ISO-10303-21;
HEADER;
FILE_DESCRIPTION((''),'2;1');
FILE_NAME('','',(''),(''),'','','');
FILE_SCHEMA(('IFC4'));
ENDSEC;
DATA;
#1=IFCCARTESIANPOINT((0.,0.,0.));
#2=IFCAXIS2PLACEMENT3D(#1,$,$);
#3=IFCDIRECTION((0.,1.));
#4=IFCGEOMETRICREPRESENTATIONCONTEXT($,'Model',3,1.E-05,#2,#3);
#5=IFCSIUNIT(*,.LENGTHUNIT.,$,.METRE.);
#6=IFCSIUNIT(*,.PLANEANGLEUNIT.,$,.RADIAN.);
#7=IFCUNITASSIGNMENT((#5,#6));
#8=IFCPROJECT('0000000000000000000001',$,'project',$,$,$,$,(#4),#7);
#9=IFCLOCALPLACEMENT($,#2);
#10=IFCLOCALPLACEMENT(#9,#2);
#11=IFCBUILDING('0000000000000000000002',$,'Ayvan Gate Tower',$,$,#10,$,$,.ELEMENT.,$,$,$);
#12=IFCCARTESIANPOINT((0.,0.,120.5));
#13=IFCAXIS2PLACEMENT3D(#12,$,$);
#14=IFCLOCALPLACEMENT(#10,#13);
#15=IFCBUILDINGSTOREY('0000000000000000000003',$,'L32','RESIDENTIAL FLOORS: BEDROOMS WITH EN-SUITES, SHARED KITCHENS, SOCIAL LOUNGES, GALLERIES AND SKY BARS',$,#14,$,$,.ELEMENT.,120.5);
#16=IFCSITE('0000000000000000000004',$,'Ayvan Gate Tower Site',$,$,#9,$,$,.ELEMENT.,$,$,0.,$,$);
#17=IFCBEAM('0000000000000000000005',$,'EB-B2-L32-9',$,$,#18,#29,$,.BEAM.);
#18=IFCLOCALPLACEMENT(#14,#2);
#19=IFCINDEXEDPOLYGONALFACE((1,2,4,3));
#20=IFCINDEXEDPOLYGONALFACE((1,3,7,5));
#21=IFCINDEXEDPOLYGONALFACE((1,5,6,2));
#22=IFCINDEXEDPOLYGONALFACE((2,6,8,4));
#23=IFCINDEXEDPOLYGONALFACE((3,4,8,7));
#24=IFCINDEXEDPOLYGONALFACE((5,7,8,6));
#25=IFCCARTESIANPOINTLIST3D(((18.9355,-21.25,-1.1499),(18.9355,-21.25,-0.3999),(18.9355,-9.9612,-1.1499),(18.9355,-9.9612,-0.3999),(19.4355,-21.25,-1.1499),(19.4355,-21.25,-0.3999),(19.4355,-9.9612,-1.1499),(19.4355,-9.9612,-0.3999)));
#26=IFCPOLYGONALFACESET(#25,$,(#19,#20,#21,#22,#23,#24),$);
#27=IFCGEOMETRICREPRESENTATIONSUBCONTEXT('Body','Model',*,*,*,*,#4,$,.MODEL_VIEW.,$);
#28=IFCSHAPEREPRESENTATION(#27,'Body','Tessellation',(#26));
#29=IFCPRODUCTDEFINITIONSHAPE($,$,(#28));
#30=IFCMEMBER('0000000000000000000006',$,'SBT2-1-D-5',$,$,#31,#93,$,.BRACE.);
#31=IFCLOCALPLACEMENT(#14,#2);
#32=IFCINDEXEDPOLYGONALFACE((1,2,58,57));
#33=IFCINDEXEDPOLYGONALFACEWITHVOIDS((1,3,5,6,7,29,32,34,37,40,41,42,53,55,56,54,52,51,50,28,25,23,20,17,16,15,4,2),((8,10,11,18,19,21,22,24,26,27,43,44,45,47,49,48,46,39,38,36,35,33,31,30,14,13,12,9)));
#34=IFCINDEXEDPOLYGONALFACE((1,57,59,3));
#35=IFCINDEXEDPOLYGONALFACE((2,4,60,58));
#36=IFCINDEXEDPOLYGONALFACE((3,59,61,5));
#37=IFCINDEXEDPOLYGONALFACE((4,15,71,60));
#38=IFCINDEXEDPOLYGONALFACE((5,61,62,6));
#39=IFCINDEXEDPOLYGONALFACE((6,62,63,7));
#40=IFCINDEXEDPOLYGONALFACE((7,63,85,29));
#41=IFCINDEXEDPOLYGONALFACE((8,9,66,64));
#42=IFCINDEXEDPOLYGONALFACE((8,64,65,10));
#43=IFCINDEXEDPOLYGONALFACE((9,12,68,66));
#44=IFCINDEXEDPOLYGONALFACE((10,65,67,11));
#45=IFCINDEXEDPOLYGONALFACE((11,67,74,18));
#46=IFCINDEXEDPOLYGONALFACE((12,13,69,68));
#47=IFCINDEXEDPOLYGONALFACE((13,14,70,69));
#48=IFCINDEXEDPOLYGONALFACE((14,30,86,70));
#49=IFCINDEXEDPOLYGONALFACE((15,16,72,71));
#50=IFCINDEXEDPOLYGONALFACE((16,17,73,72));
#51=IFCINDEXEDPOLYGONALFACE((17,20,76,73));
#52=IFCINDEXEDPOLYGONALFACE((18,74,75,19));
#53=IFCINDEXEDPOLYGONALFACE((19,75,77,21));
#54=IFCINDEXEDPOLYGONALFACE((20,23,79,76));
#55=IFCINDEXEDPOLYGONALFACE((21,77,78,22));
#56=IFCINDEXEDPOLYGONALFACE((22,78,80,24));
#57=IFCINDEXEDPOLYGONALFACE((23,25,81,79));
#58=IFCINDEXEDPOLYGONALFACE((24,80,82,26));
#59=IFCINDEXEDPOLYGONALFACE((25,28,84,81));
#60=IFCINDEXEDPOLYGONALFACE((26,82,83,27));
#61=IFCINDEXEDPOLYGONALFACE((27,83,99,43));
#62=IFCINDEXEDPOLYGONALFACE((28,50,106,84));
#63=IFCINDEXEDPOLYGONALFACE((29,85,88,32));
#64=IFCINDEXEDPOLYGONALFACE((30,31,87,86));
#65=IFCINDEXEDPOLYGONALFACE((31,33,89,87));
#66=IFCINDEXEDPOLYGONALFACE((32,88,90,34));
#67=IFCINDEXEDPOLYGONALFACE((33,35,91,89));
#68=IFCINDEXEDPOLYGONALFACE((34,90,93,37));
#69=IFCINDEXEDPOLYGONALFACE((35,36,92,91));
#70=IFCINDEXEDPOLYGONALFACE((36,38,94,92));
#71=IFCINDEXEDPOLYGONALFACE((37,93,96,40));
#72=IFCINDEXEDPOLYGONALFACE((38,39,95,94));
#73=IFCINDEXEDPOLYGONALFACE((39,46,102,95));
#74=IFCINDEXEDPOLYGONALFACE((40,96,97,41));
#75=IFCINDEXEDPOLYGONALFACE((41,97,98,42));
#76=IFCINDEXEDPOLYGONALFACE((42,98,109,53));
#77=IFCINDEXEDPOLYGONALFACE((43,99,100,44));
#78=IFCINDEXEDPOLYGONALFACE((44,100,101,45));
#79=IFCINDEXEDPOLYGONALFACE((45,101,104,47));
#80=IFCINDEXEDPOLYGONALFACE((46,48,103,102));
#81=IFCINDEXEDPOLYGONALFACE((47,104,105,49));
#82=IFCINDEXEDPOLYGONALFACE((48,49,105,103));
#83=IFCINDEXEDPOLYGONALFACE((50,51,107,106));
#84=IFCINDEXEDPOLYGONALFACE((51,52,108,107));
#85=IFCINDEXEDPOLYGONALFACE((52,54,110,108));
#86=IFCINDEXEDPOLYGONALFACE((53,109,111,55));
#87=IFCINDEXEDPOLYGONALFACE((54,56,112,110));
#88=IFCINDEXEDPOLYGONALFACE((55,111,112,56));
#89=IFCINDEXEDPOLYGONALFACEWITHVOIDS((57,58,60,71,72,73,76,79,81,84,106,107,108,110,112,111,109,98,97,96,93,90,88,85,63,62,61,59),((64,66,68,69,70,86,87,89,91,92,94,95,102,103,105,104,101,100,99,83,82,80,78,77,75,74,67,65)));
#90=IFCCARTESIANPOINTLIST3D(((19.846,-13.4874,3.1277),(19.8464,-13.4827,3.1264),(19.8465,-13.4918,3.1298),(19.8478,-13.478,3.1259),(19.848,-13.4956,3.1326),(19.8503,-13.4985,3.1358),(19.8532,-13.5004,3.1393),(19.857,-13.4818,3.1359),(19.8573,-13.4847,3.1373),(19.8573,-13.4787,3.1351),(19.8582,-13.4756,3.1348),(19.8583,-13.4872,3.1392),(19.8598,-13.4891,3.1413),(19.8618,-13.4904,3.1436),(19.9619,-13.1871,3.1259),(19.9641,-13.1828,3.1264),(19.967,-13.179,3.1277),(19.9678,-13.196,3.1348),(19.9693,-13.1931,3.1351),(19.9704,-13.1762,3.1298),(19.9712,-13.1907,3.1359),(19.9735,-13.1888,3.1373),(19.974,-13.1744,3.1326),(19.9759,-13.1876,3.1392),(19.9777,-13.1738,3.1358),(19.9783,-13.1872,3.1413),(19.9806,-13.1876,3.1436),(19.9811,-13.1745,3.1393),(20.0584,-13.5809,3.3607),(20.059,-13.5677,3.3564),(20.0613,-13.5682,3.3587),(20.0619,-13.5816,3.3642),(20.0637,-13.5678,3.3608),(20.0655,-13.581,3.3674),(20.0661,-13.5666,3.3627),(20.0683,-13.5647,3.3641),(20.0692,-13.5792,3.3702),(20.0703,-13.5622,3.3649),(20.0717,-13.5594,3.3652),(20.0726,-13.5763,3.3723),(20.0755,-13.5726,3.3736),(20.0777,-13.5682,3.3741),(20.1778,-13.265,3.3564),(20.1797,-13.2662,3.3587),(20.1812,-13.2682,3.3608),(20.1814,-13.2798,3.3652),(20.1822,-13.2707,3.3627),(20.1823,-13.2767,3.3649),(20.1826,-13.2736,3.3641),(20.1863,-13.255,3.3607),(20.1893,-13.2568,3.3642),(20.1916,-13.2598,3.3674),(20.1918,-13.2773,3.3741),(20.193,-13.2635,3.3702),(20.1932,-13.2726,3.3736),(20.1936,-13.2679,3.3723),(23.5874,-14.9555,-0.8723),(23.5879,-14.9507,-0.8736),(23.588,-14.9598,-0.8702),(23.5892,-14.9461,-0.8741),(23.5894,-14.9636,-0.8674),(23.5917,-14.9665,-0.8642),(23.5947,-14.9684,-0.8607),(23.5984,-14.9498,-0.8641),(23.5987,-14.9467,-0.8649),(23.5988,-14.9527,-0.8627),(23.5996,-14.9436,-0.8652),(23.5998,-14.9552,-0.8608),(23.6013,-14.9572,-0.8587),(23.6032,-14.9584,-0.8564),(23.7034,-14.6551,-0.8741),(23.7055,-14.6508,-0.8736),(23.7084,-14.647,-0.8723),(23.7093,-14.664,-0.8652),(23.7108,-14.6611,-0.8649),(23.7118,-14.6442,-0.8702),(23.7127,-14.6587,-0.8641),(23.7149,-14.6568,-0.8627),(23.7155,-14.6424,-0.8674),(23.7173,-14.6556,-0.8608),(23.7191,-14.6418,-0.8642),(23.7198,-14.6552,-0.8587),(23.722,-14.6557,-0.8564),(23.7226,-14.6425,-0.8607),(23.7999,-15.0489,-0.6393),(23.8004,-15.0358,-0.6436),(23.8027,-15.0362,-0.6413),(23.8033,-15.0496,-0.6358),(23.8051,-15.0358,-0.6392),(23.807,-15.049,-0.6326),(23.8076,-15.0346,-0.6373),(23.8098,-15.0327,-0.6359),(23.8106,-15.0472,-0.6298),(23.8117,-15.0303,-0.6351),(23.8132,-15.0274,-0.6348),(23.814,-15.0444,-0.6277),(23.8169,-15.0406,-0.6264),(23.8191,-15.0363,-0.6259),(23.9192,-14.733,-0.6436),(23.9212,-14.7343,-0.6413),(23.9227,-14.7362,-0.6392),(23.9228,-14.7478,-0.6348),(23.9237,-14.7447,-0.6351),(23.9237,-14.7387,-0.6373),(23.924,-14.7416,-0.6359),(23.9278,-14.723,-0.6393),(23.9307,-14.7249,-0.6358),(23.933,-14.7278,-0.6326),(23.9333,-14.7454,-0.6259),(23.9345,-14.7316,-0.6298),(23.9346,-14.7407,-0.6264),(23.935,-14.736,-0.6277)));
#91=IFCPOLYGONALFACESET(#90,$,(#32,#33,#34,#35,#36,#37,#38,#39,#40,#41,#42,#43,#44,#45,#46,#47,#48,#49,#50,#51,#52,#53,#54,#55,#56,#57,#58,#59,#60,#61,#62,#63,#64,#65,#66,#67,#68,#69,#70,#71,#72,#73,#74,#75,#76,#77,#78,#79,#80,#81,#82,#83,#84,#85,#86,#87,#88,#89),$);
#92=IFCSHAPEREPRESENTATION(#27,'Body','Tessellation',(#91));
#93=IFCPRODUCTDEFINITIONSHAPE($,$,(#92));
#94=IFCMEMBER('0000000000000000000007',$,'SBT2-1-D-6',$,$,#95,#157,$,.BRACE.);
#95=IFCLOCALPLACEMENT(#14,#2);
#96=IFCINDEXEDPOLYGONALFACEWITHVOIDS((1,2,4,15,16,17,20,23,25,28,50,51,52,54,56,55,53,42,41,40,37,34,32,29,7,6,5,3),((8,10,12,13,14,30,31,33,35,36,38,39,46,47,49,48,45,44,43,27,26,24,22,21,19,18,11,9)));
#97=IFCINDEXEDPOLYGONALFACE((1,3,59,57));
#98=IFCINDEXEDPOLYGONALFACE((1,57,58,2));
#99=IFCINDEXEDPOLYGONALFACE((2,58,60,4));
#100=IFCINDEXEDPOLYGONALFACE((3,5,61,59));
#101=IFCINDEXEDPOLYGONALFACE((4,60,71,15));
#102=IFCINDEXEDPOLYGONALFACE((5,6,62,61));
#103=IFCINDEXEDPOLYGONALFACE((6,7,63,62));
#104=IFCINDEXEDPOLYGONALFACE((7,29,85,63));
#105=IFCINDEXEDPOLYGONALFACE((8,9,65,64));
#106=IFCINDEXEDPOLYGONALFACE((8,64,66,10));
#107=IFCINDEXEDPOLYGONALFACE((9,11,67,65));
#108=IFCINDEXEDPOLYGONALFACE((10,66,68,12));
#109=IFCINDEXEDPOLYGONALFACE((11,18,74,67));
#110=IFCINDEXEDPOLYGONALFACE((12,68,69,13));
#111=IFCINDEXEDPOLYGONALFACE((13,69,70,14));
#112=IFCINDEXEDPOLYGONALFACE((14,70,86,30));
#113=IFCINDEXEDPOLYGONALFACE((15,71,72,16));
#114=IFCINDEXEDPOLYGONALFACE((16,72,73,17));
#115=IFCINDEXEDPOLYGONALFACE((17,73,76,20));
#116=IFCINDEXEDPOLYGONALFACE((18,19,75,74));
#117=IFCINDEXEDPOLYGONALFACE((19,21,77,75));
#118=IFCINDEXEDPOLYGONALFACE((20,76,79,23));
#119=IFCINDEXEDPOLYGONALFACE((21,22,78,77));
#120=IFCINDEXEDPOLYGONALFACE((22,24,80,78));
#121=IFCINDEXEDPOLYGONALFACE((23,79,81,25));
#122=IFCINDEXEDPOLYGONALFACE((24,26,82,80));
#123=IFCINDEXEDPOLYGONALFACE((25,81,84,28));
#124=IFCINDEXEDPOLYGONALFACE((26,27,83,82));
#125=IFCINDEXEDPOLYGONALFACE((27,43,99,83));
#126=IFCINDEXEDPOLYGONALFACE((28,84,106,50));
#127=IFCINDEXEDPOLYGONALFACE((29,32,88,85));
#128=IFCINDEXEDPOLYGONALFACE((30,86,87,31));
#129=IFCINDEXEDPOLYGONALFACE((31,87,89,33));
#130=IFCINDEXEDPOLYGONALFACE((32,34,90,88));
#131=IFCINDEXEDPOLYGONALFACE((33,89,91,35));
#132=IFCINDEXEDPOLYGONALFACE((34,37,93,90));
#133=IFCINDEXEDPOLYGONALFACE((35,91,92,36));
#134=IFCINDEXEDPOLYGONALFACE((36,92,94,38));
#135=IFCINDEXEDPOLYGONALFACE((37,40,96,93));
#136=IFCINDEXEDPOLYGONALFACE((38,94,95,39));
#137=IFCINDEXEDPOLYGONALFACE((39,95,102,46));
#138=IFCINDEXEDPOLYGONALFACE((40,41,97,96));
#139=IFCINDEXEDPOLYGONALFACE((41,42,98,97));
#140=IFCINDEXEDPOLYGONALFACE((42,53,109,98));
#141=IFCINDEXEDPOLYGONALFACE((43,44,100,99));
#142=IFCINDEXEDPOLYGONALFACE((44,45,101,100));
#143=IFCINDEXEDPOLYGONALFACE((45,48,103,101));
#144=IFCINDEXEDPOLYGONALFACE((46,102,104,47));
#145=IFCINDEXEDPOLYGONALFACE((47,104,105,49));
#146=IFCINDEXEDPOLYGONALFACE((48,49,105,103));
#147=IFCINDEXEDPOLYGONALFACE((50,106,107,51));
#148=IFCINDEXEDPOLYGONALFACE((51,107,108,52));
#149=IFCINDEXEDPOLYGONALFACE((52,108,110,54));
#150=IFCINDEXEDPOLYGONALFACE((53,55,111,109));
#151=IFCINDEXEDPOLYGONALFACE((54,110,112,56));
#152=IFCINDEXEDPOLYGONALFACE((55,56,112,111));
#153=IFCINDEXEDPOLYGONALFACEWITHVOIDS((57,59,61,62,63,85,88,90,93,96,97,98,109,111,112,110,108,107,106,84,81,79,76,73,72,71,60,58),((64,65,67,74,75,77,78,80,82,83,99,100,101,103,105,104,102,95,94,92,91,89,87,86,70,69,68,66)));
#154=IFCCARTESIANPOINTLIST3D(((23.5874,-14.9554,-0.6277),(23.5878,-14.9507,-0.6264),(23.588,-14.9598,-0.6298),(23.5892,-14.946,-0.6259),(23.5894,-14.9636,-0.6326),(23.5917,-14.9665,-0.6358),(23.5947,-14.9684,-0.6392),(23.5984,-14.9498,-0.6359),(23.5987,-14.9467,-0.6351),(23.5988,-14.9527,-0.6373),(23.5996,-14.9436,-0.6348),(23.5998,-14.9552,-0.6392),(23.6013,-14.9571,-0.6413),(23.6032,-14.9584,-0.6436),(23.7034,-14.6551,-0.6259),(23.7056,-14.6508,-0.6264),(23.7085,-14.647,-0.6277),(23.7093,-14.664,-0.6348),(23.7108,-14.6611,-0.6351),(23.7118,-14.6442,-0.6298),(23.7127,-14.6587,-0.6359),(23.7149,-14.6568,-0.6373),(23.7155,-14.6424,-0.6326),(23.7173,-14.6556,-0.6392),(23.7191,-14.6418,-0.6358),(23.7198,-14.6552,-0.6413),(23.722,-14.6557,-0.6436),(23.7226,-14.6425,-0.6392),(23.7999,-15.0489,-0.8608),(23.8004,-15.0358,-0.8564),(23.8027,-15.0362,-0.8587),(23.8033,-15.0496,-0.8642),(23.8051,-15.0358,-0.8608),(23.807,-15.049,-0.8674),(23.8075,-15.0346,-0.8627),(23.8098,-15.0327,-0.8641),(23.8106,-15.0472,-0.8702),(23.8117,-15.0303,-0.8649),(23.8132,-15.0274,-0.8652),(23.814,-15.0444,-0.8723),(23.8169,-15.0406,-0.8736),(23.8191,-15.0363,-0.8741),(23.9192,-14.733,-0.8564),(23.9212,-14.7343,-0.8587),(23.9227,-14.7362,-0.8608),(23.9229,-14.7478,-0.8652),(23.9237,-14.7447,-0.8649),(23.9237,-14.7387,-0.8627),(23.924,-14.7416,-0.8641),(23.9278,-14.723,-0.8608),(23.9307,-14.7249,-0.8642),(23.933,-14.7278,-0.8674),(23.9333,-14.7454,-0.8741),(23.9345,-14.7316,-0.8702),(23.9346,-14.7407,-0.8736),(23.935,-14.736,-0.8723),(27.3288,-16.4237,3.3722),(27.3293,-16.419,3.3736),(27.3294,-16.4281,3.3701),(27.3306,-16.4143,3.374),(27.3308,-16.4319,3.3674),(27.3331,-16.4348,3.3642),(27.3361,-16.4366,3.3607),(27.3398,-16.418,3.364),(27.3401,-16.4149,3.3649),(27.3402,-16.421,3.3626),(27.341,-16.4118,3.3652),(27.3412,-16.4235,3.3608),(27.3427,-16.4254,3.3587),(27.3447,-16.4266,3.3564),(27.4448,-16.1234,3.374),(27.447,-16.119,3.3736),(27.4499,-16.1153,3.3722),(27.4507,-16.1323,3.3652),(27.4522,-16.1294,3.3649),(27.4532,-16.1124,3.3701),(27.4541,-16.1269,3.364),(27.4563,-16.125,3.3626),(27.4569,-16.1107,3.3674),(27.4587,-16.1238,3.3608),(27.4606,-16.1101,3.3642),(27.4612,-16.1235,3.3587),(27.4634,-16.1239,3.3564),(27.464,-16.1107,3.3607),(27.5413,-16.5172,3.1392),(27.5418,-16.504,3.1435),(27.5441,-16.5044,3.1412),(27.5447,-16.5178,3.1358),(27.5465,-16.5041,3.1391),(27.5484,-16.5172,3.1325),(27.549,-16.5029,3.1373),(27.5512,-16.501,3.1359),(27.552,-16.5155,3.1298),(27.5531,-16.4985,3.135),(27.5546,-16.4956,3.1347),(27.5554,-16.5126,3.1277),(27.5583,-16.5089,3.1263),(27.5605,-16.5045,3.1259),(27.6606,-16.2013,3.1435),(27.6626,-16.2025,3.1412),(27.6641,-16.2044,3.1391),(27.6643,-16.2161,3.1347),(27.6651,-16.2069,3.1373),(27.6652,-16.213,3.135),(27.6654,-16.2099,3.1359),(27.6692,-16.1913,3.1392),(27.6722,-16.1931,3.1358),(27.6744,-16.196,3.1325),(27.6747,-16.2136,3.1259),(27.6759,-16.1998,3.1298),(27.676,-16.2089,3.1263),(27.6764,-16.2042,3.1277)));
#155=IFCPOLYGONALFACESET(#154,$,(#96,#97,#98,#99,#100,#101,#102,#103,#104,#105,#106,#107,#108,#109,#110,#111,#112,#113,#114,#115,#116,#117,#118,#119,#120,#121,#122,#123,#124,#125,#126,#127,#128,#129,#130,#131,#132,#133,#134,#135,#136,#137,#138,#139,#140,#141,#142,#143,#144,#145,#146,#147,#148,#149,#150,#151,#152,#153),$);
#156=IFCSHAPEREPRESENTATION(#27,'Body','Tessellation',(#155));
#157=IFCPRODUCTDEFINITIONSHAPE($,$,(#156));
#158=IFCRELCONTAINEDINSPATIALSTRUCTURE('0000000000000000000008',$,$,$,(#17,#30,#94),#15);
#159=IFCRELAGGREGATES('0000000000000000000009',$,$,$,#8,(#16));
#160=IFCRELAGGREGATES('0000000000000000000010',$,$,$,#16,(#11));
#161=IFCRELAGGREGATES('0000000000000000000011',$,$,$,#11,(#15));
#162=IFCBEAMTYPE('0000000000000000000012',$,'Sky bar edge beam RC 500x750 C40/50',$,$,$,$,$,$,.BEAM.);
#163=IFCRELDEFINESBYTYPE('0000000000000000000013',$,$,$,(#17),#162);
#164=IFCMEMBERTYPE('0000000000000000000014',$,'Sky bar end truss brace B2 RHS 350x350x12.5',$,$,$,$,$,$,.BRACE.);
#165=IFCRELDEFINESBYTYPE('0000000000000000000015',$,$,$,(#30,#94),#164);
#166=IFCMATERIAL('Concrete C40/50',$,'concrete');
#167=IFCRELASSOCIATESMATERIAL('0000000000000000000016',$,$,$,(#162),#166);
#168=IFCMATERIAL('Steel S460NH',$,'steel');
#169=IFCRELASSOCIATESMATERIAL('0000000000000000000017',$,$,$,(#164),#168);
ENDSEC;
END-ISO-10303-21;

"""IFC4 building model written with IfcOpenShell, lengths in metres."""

from ifc_helpers import new_model, si_unit, direction, frame, origin, origin_2d, place, context, subcontext, project, spatial, rectangle, hollow_rectangle, extrude, material, material_profile, profile_set, type_object, element, save


model = new_model("IFC4")

# Units and contexts
model_context = context("Model", 3, precision=1e-05, world=origin(), true_north=direction((0.0, 1.0)))
body_context = subcontext(model_context, "Body", "Model", "MODEL_VIEW")
ifc_project = project(units=[si_unit("LENGTHUNIT", "METRE"), si_unit("PLANEANGLEUNIT", "RADIAN")], contexts=[model_context])

# Site, building, storey
site_placement = place(None, origin())
site = spatial("IfcSite", under=ifc_project, at=site_placement, Name="Ayvan Gate Tower Site", CompositionType="ELEMENT", RefElevation=0.0)
building_placement = place(site_placement, origin())
building = spatial("IfcBuilding", under=site, at=building_placement, Name="Ayvan Gate Tower", CompositionType="ELEMENT")
storey_placement = place(building_placement, frame((0.0, 0.0, 120.5)))
storey = spatial("IfcBuildingStorey", under=building, at=storey_placement, Name="L32", Description="RESIDENTIAL FLOORS: BEDROOMS WITH EN-SUITES, SHARED KITCHENS, SOCIAL LOUNGES, GALLERIES AND SKY BARS", CompositionType="ELEMENT", Elevation=120.5)

# Beam
ifc_material_1 = material(Name="Concrete C40/50", Category="concrete")
ifc_material_profile_1 = material_profile(ifc_material_1, rectangle(XDim=0.5, YDim=0.75, at=origin_2d()), Name="RC 500x750")
ifc_profile_set_1 = profile_set([ifc_material_profile_1], Name="Concrete C40/50")
beam_type = type_object("IfcBeamType", Name="Sky bar edge beam RC 500x750 C40/50", PredefinedType="BEAM", material=ifc_profile_set_1)
beam_placement = place(storey_placement, frame((19.1855, -21.25, -0.7749), z_axis=(0.0, 1.0, 0.0), x_axis=(-1.0, 0.0, 0.0)))
element("IfcBeam", 1, at=beam_placement, inside=storey, type_object=beam_type, Name="EB-B2-L32-9", PredefinedType="BEAM", context=body_context, shape_type="SweptSolid", body=[
    extrude(rectangle(XDim=0.5, YDim=0.75, at=origin_2d()), origin(), (0.0, 0.0, 1.0), 11.2888),
])

# Members
ifc_material_2 = material(Name="Steel S460NH", Category="steel")
ifc_material_profile_2 = material_profile(ifc_material_2, hollow_rectangle(XDim=0.3501, YDim=0.3501, WallThickness=0.0125, InnerFilletRadius=0.0125, OuterFilletRadius=0.0188, at=origin_2d()), Name="RHS 350x350x12.5")
ifc_profile_set_2 = profile_set([ifc_material_profile_2], Name="Steel S460NH")
member_type_1 = type_object("IfcMemberType", Name="Sky bar end truss brace B2 RHS 350x350x12.5", PredefinedType="BRACE", material=ifc_profile_set_2)
for number, where, z_axis, x_axis, name in (
    (2, (20.0198, -13.3777, 3.25), (0.659821, -0.258891, -0.705416), (0.365256, 0.930907, 0.0), "SBT2-1-D-5"),
    (3, (23.7612, -14.8457, -0.75), (0.659813, -0.258931, 0.705408), (0.365308, 0.930887, 0.0), "SBT2-1-D-6"),
):
    element("IfcMember", number, at=place(storey_placement, frame(where, z_axis=z_axis, x_axis=x_axis)), inside=storey, type_object=member_type_1, Name=name, PredefinedType="BRACE", context=body_context, shape_type="SweptSolid", body=[
        extrude(hollow_rectangle(XDim=0.3501, YDim=0.3501, WallThickness=0.0125, InnerFilletRadius=0.0125, OuterFilletRadius=0.0188, at=origin_2d()), origin(), (0.0, 0.0, 1.0), 5.6704),
    ])

save(model, "model.ifc")
